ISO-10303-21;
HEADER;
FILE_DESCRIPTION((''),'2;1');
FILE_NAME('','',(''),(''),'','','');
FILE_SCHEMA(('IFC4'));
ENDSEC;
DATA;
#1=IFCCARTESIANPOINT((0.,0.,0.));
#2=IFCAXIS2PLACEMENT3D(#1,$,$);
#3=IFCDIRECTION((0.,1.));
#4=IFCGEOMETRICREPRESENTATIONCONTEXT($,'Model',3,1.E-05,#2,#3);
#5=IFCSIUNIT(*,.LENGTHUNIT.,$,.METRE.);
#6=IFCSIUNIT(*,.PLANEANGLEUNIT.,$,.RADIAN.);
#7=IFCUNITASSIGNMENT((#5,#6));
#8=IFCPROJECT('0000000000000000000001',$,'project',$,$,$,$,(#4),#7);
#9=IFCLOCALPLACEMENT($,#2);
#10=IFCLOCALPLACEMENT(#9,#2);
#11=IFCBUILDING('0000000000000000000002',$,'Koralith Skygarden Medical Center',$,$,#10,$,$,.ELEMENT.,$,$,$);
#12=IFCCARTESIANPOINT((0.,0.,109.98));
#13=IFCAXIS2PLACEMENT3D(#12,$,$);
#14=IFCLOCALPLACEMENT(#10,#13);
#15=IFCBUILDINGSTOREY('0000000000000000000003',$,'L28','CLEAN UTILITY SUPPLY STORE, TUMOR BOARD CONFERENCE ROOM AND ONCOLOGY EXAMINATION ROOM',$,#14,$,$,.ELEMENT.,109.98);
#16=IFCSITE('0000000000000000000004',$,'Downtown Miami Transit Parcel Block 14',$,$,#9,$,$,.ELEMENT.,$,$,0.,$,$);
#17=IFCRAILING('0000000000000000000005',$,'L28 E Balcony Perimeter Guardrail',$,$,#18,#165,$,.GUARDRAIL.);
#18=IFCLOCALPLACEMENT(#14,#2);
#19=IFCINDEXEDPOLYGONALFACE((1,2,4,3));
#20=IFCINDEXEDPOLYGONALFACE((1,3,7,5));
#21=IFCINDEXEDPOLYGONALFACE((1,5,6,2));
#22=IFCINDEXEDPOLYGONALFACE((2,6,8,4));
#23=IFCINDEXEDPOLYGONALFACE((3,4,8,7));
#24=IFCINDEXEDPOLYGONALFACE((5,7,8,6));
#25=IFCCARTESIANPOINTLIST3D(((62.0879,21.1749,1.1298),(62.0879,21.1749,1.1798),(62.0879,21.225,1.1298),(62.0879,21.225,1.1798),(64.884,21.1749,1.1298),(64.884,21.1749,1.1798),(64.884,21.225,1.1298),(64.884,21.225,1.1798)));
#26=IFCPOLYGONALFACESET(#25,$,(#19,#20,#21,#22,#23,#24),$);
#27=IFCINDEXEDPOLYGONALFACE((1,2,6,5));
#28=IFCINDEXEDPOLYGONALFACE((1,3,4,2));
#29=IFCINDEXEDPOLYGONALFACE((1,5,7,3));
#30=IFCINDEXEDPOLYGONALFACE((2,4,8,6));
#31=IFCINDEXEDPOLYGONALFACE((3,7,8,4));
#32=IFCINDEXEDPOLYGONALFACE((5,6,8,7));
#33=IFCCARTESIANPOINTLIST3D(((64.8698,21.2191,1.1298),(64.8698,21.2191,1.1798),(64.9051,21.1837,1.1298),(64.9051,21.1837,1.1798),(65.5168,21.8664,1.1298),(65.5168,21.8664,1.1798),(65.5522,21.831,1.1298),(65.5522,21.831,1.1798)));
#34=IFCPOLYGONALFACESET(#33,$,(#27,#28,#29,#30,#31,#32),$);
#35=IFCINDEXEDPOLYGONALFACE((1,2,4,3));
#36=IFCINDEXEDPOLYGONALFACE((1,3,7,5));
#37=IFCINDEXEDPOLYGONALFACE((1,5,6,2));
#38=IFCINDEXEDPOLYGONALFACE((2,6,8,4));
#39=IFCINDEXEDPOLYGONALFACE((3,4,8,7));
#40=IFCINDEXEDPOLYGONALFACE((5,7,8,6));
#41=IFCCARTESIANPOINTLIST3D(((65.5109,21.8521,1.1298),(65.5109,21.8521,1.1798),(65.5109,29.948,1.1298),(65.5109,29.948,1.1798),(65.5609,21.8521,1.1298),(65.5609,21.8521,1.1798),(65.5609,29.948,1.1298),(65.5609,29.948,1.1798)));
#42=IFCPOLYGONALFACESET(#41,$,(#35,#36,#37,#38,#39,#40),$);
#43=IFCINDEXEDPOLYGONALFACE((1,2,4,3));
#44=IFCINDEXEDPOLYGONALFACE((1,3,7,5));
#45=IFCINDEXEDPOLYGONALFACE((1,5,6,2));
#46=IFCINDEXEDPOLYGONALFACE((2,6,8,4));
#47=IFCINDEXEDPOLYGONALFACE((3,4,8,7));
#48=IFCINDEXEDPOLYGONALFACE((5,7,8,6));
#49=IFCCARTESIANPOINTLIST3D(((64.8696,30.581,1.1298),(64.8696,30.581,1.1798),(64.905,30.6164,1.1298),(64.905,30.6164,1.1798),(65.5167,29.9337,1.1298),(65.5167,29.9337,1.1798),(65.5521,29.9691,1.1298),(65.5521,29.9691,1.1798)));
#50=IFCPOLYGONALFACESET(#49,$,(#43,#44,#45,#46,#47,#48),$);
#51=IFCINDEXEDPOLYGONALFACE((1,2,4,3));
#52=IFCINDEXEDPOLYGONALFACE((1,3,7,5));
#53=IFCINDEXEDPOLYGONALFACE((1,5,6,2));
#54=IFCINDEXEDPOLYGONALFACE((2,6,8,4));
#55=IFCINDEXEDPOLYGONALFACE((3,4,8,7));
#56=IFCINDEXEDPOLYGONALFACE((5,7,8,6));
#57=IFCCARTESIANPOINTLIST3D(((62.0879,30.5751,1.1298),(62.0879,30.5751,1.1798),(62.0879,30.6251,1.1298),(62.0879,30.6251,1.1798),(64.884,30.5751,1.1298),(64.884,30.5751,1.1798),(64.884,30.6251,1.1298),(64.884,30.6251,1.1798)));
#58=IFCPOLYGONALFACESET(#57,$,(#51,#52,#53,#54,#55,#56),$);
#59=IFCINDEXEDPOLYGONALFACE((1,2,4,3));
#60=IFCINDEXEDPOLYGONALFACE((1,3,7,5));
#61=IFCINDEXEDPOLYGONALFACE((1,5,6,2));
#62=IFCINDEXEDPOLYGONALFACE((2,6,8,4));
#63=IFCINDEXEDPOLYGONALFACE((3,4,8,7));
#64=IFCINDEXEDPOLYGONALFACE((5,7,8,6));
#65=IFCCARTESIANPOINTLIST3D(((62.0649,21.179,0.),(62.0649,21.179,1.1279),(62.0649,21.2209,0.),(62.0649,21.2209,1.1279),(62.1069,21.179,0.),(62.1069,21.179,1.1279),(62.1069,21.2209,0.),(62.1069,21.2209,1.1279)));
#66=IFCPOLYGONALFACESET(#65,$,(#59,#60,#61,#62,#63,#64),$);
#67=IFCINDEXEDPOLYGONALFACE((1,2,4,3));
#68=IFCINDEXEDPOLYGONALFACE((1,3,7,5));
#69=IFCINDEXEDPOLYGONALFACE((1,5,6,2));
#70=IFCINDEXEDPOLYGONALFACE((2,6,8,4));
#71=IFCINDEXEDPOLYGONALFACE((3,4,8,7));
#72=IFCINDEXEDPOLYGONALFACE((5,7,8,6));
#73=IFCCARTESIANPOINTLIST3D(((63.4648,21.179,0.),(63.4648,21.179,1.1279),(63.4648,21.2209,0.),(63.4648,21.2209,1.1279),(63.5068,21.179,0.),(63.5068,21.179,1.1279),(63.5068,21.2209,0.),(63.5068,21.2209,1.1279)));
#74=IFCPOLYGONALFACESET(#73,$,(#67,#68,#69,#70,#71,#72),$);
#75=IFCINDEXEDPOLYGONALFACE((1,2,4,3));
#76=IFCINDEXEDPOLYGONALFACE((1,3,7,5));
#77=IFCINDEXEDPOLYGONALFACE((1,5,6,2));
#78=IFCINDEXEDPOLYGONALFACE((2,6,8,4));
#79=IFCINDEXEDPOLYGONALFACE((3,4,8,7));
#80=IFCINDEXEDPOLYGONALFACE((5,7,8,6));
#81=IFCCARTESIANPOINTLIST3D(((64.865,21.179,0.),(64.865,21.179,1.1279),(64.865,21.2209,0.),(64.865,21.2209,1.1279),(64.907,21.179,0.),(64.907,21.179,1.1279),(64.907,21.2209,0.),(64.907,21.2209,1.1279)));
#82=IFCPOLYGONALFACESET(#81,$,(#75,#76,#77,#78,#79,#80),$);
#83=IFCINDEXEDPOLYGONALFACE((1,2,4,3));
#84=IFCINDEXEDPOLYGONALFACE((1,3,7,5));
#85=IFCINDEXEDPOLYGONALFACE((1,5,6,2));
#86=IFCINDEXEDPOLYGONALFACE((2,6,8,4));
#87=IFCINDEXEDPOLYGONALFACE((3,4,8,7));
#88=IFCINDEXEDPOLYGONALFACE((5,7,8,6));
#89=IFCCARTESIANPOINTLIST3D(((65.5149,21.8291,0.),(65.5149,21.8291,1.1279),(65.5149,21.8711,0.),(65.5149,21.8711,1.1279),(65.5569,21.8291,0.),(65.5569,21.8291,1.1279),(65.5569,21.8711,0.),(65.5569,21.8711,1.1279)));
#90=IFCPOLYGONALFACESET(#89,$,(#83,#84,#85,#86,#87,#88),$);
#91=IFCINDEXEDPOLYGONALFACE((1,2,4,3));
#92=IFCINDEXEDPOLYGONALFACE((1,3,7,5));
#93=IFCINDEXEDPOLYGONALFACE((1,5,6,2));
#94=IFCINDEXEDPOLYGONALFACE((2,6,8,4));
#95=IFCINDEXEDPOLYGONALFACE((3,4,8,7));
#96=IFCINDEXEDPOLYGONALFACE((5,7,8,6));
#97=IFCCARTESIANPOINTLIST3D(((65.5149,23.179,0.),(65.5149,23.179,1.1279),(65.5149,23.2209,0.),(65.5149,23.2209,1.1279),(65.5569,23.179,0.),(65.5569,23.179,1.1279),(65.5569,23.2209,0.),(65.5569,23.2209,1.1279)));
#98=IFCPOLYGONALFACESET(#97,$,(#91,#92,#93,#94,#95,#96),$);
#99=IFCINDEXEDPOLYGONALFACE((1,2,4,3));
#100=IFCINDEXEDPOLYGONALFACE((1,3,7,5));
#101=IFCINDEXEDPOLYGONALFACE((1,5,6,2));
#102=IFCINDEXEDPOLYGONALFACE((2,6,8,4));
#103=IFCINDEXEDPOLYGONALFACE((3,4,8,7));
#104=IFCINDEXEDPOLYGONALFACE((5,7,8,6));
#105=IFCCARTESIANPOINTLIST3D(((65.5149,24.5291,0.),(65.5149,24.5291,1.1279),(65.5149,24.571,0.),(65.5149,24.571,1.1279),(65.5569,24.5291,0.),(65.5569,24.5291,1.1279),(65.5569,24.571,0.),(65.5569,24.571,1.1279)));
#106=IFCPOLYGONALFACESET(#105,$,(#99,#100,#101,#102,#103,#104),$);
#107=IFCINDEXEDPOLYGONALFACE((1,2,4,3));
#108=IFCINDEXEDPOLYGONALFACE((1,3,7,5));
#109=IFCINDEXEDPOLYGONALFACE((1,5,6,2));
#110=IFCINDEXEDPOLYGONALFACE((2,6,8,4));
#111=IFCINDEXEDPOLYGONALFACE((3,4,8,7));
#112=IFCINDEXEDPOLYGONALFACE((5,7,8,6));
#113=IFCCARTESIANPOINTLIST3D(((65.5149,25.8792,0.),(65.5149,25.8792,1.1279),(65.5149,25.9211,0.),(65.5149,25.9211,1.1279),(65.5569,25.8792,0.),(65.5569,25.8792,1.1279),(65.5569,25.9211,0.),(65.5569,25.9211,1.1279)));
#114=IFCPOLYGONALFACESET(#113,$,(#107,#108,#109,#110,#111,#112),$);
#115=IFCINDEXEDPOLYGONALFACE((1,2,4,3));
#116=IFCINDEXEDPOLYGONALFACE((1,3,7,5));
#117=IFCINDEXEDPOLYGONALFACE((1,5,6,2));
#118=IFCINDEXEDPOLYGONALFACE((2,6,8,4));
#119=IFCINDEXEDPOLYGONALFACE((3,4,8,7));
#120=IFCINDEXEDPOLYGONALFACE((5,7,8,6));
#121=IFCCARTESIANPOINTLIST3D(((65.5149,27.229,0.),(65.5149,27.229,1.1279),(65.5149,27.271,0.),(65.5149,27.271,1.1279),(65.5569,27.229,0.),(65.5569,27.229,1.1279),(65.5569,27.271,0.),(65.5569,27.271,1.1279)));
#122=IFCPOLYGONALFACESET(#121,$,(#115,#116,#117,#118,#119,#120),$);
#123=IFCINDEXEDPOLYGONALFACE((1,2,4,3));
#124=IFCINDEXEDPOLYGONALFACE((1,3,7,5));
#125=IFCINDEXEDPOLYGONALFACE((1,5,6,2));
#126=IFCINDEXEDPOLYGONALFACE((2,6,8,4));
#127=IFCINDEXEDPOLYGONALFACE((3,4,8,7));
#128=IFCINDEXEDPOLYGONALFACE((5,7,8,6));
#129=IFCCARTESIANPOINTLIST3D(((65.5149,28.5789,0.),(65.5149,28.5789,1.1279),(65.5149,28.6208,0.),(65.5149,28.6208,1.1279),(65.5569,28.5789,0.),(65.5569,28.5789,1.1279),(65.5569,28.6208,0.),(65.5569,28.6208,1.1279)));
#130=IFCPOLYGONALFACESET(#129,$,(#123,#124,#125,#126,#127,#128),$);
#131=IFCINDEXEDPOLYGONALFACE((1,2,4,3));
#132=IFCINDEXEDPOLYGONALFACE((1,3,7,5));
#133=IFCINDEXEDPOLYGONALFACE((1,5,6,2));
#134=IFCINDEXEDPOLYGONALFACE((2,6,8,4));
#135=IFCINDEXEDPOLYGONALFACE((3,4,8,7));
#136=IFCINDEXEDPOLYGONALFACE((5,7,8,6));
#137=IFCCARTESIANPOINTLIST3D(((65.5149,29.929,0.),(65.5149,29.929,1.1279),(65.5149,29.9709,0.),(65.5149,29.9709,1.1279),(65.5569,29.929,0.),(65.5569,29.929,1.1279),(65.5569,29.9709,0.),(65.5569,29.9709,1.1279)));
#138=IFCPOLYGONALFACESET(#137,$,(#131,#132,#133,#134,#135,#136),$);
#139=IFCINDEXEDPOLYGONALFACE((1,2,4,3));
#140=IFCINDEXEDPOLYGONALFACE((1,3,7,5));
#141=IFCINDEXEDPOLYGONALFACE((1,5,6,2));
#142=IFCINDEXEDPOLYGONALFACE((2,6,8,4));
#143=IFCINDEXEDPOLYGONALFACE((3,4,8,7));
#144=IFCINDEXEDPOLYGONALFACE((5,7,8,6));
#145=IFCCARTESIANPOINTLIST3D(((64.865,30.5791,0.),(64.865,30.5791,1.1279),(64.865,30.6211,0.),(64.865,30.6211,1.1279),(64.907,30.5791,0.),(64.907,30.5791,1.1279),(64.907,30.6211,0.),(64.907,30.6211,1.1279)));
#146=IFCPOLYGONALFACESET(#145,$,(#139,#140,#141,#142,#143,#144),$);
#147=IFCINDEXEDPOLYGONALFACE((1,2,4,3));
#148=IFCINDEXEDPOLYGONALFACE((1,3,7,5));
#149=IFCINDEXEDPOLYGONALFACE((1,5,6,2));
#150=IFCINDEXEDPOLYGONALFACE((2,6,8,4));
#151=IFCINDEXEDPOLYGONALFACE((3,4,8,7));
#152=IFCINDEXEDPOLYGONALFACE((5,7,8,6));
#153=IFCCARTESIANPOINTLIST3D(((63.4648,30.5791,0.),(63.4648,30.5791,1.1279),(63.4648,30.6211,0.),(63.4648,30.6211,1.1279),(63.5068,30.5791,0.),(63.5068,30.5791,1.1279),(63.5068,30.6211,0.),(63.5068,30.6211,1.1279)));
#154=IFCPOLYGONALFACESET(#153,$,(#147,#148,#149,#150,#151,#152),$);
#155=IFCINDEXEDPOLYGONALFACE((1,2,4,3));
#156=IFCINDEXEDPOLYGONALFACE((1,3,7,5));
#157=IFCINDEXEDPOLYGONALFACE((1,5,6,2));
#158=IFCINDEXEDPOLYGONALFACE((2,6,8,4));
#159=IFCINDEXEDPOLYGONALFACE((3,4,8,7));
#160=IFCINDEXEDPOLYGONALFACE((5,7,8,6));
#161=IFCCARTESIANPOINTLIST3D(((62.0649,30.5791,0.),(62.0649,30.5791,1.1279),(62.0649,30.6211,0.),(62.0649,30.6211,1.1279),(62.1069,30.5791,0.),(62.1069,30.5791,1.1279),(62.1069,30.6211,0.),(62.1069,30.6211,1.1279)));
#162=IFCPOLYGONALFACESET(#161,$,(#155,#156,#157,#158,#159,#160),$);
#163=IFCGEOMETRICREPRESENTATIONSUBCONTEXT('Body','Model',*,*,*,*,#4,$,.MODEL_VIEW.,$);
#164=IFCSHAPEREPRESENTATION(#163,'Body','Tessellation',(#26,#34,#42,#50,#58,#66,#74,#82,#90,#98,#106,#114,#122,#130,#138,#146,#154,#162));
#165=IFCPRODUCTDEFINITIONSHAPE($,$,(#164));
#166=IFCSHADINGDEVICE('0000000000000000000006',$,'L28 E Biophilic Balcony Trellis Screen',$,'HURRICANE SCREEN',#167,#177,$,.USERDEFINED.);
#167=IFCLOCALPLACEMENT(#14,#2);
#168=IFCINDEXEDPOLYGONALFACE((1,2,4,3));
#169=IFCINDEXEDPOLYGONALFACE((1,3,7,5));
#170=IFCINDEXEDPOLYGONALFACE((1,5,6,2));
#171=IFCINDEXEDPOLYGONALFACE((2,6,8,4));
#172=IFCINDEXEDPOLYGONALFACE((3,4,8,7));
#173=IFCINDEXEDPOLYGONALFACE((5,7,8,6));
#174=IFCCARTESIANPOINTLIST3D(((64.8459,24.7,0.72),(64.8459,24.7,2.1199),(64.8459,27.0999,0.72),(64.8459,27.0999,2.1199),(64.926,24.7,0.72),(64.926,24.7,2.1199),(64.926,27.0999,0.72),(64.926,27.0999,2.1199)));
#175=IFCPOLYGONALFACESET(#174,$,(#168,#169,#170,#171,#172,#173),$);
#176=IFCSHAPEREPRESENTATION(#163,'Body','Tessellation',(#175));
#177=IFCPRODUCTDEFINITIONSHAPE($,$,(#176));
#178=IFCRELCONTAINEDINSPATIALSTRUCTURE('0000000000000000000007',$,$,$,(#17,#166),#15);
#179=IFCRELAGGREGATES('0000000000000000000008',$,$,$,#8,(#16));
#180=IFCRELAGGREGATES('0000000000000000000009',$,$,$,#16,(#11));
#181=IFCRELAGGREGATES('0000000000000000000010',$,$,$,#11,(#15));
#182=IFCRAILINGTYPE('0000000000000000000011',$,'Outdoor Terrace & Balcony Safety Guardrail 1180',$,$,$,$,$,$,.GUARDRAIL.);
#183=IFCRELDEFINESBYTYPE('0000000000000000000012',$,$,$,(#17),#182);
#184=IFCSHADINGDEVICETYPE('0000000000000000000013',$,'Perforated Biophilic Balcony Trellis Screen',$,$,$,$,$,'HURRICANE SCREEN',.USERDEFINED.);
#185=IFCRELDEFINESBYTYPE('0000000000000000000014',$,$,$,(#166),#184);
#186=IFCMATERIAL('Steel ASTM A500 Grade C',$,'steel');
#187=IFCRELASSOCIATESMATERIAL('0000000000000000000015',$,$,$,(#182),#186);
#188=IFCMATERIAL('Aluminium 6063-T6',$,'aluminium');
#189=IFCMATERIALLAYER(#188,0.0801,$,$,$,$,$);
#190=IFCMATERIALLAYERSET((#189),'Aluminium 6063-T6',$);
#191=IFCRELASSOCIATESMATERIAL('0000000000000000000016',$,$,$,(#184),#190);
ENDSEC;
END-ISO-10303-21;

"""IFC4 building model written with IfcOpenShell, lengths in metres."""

from ifc_helpers import new_model, si_unit, direction, frame, origin, origin_2d, place, context, subcontext, project, spatial, rectangle, extrude, material, layer, layer_set, type_object, element, save


model = new_model("IFC4")

# Units and contexts
model_context = context("Model", 3, precision=1e-05, world=origin(), true_north=direction((0.0, 1.0)))
body_context = subcontext(model_context, "Body", "Model", "MODEL_VIEW")
ifc_project = project(units=[si_unit("LENGTHUNIT", "METRE"), si_unit("PLANEANGLEUNIT", "RADIAN")], contexts=[model_context])

# Site, building, storey
site_placement = place(None, origin())
site = spatial("IfcSite", under=ifc_project, at=site_placement, Name="Downtown Miami Transit Parcel Block 14", CompositionType="ELEMENT", RefElevation=0.0)
building_placement = place(site_placement, origin())
building = spatial("IfcBuilding", under=site, at=building_placement, Name="Koralith Skygarden Medical Center", CompositionType="ELEMENT")
storey_placement = place(building_placement, frame((0.0, 0.0, 109.98)))
storey = spatial("IfcBuildingStorey", under=building, at=storey_placement, Name="L28", Description="CLEAN UTILITY SUPPLY STORE, TUMOR BOARD CONFERENCE ROOM AND ONCOLOGY EXAMINATION ROOM", CompositionType="ELEMENT", Elevation=109.98)

# Shared definitions
ifc_material_1 = material(Name="Aluminium 6063-T6", Category="aluminium")

# Railing
ifc_material_2 = material(Name="Steel ASTM A500 Grade C", Category="steel")
railing_type = type_object("IfcRailingType", Name="Outdoor Terrace & Balcony Safety Guardrail 1180", PredefinedType="GUARDRAIL", material=ifc_material_2)
railing_placement = place(storey_placement, frame((62.0859, 21.2, 0.0)))
element("IfcRailing", 1, at=railing_placement, inside=storey, type_object=railing_type, Name="L28 E Balcony Perimeter Guardrail", PredefinedType="GUARDRAIL", context=body_context, shape_type="SweptSolid", body=[
    extrude(rectangle(XDim=0.05, YDim=0.05, at=origin_2d()), frame((0.002, 0.0, 1.1548), z_axis=(1.0, 0.0, 0.0), x_axis=(0.0, 1.0, 0.0)), (0.0, 0.0, 1.0), 2.7961),
    extrude(rectangle(XDim=0.05, YDim=0.05, at=origin_2d()), frame((2.8015, 0.0015, 1.1548), z_axis=(0.706974, 0.70724, 0.0), x_axis=(-0.70724, 0.706974, 0.0)), (0.0, 0.0, 1.0), 0.9153),
    extrude(rectangle(XDim=0.05, YDim=0.05, at=origin_2d()), frame((3.45, 0.6521, 1.1548), z_axis=(0.0, 1.0, 0.0), x_axis=(-1.0, 0.0, 0.0)), (0.0, 0.0, 1.0), 8.0959),
    extrude(rectangle(XDim=0.05, YDim=0.05, at=origin_2d()), frame((3.4485, 8.7515, 1.1548), z_axis=(-0.706974, 0.70724, 0.0), x_axis=(-0.70724, -0.706974, 0.0)), (0.0, 0.0, 1.0), 0.9153),
    extrude(rectangle(XDim=0.05, YDim=0.05, at=origin_2d()), frame((2.7981, 9.4001, 1.1548), z_axis=(-1.0, 0.0, 0.0), x_axis=(0.0, -1.0, 0.0)), (0.0, 0.0, 1.0), 2.7961),
    extrude(rectangle(XDim=0.042, YDim=0.042, at=origin_2d()), origin(), (0.0, 0.0, 1.0), 1.1279),
    extrude(rectangle(XDim=0.042, YDim=0.042, at=origin_2d()), frame((1.3999, 0.0, 0.0)), (0.0, 0.0, 1.0), 1.1279),
    extrude(rectangle(XDim=0.042, YDim=0.042, at=origin_2d()), frame((2.8, 0.0, 0.0)), (0.0, 0.0, 1.0), 1.1279),
    extrude(rectangle(XDim=0.042, YDim=0.042, at=origin_2d()), frame((3.45, 0.6501, 0.0)), (0.0, 0.0, 1.0), 1.1279),
    extrude(rectangle(XDim=0.042, YDim=0.042, at=origin_2d()), frame((3.45, 2.0, 0.0)), (0.0, 0.0, 1.0), 1.1279),
    extrude(rectangle(XDim=0.042, YDim=0.042, at=origin_2d()), frame((3.45, 3.3501, 0.0)), (0.0, 0.0, 1.0), 1.1279),
    extrude(rectangle(XDim=0.042, YDim=0.042, at=origin_2d()), frame((3.45, 4.7002, 0.0)), (0.0, 0.0, 1.0), 1.1279),
    extrude(rectangle(XDim=0.042, YDim=0.042, at=origin_2d()), frame((3.45, 6.05, 0.0)), (0.0, 0.0, 1.0), 1.1279),
    extrude(rectangle(XDim=0.042, YDim=0.042, at=origin_2d()), frame((3.45, 7.3999, 0.0)), (0.0, 0.0, 1.0), 1.1279),
    extrude(rectangle(XDim=0.042, YDim=0.042, at=origin_2d()), frame((3.45, 8.75, 0.0)), (0.0, 0.0, 1.0), 1.1279),
    extrude(rectangle(XDim=0.042, YDim=0.042, at=origin_2d()), frame((2.8, 9.4001, 0.0)), (0.0, 0.0, 1.0), 1.1279),
    extrude(rectangle(XDim=0.042, YDim=0.042, at=origin_2d()), frame((1.3999, 9.4001, 0.0)), (0.0, 0.0, 1.0), 1.1279),
    extrude(rectangle(XDim=0.042, YDim=0.042, at=origin_2d()), frame((0.0, 9.4001, 0.0)), (0.0, 0.0, 1.0), 1.1279),
])

# Shading device
ifc_layer_1 = layer(ifc_material_1, 0.0801)
ifc_layer_set_1 = layer_set([ifc_layer_1], Name="Aluminium 6063-T6")
shading_device_type = type_object("IfcShadingDeviceType", Name="Perforated Biophilic Balcony Trellis Screen", ElementType="HURRICANE SCREEN", PredefinedType="USERDEFINED", material=ifc_layer_set_1)
shading_device_placement = place(storey_placement, frame((64.886, 25.8999, 0.72), z_axis=(0.0, 0.0, 1.0), x_axis=(0.0, 1.0, 0.0)))
element("IfcShadingDevice", 2, at=shading_device_placement, inside=storey, type_object=shading_device_type, Name="L28 E Biophilic Balcony Trellis Screen", ObjectType="HURRICANE SCREEN", PredefinedType="USERDEFINED", context=body_context, shape_type="SweptSolid", body=[
    extrude(rectangle(XDim=2.3999, YDim=0.0801, at=origin_2d()), origin(), (0.0, 0.0, 1.0), 1.3999),
])

save(model, "model.ifc")
